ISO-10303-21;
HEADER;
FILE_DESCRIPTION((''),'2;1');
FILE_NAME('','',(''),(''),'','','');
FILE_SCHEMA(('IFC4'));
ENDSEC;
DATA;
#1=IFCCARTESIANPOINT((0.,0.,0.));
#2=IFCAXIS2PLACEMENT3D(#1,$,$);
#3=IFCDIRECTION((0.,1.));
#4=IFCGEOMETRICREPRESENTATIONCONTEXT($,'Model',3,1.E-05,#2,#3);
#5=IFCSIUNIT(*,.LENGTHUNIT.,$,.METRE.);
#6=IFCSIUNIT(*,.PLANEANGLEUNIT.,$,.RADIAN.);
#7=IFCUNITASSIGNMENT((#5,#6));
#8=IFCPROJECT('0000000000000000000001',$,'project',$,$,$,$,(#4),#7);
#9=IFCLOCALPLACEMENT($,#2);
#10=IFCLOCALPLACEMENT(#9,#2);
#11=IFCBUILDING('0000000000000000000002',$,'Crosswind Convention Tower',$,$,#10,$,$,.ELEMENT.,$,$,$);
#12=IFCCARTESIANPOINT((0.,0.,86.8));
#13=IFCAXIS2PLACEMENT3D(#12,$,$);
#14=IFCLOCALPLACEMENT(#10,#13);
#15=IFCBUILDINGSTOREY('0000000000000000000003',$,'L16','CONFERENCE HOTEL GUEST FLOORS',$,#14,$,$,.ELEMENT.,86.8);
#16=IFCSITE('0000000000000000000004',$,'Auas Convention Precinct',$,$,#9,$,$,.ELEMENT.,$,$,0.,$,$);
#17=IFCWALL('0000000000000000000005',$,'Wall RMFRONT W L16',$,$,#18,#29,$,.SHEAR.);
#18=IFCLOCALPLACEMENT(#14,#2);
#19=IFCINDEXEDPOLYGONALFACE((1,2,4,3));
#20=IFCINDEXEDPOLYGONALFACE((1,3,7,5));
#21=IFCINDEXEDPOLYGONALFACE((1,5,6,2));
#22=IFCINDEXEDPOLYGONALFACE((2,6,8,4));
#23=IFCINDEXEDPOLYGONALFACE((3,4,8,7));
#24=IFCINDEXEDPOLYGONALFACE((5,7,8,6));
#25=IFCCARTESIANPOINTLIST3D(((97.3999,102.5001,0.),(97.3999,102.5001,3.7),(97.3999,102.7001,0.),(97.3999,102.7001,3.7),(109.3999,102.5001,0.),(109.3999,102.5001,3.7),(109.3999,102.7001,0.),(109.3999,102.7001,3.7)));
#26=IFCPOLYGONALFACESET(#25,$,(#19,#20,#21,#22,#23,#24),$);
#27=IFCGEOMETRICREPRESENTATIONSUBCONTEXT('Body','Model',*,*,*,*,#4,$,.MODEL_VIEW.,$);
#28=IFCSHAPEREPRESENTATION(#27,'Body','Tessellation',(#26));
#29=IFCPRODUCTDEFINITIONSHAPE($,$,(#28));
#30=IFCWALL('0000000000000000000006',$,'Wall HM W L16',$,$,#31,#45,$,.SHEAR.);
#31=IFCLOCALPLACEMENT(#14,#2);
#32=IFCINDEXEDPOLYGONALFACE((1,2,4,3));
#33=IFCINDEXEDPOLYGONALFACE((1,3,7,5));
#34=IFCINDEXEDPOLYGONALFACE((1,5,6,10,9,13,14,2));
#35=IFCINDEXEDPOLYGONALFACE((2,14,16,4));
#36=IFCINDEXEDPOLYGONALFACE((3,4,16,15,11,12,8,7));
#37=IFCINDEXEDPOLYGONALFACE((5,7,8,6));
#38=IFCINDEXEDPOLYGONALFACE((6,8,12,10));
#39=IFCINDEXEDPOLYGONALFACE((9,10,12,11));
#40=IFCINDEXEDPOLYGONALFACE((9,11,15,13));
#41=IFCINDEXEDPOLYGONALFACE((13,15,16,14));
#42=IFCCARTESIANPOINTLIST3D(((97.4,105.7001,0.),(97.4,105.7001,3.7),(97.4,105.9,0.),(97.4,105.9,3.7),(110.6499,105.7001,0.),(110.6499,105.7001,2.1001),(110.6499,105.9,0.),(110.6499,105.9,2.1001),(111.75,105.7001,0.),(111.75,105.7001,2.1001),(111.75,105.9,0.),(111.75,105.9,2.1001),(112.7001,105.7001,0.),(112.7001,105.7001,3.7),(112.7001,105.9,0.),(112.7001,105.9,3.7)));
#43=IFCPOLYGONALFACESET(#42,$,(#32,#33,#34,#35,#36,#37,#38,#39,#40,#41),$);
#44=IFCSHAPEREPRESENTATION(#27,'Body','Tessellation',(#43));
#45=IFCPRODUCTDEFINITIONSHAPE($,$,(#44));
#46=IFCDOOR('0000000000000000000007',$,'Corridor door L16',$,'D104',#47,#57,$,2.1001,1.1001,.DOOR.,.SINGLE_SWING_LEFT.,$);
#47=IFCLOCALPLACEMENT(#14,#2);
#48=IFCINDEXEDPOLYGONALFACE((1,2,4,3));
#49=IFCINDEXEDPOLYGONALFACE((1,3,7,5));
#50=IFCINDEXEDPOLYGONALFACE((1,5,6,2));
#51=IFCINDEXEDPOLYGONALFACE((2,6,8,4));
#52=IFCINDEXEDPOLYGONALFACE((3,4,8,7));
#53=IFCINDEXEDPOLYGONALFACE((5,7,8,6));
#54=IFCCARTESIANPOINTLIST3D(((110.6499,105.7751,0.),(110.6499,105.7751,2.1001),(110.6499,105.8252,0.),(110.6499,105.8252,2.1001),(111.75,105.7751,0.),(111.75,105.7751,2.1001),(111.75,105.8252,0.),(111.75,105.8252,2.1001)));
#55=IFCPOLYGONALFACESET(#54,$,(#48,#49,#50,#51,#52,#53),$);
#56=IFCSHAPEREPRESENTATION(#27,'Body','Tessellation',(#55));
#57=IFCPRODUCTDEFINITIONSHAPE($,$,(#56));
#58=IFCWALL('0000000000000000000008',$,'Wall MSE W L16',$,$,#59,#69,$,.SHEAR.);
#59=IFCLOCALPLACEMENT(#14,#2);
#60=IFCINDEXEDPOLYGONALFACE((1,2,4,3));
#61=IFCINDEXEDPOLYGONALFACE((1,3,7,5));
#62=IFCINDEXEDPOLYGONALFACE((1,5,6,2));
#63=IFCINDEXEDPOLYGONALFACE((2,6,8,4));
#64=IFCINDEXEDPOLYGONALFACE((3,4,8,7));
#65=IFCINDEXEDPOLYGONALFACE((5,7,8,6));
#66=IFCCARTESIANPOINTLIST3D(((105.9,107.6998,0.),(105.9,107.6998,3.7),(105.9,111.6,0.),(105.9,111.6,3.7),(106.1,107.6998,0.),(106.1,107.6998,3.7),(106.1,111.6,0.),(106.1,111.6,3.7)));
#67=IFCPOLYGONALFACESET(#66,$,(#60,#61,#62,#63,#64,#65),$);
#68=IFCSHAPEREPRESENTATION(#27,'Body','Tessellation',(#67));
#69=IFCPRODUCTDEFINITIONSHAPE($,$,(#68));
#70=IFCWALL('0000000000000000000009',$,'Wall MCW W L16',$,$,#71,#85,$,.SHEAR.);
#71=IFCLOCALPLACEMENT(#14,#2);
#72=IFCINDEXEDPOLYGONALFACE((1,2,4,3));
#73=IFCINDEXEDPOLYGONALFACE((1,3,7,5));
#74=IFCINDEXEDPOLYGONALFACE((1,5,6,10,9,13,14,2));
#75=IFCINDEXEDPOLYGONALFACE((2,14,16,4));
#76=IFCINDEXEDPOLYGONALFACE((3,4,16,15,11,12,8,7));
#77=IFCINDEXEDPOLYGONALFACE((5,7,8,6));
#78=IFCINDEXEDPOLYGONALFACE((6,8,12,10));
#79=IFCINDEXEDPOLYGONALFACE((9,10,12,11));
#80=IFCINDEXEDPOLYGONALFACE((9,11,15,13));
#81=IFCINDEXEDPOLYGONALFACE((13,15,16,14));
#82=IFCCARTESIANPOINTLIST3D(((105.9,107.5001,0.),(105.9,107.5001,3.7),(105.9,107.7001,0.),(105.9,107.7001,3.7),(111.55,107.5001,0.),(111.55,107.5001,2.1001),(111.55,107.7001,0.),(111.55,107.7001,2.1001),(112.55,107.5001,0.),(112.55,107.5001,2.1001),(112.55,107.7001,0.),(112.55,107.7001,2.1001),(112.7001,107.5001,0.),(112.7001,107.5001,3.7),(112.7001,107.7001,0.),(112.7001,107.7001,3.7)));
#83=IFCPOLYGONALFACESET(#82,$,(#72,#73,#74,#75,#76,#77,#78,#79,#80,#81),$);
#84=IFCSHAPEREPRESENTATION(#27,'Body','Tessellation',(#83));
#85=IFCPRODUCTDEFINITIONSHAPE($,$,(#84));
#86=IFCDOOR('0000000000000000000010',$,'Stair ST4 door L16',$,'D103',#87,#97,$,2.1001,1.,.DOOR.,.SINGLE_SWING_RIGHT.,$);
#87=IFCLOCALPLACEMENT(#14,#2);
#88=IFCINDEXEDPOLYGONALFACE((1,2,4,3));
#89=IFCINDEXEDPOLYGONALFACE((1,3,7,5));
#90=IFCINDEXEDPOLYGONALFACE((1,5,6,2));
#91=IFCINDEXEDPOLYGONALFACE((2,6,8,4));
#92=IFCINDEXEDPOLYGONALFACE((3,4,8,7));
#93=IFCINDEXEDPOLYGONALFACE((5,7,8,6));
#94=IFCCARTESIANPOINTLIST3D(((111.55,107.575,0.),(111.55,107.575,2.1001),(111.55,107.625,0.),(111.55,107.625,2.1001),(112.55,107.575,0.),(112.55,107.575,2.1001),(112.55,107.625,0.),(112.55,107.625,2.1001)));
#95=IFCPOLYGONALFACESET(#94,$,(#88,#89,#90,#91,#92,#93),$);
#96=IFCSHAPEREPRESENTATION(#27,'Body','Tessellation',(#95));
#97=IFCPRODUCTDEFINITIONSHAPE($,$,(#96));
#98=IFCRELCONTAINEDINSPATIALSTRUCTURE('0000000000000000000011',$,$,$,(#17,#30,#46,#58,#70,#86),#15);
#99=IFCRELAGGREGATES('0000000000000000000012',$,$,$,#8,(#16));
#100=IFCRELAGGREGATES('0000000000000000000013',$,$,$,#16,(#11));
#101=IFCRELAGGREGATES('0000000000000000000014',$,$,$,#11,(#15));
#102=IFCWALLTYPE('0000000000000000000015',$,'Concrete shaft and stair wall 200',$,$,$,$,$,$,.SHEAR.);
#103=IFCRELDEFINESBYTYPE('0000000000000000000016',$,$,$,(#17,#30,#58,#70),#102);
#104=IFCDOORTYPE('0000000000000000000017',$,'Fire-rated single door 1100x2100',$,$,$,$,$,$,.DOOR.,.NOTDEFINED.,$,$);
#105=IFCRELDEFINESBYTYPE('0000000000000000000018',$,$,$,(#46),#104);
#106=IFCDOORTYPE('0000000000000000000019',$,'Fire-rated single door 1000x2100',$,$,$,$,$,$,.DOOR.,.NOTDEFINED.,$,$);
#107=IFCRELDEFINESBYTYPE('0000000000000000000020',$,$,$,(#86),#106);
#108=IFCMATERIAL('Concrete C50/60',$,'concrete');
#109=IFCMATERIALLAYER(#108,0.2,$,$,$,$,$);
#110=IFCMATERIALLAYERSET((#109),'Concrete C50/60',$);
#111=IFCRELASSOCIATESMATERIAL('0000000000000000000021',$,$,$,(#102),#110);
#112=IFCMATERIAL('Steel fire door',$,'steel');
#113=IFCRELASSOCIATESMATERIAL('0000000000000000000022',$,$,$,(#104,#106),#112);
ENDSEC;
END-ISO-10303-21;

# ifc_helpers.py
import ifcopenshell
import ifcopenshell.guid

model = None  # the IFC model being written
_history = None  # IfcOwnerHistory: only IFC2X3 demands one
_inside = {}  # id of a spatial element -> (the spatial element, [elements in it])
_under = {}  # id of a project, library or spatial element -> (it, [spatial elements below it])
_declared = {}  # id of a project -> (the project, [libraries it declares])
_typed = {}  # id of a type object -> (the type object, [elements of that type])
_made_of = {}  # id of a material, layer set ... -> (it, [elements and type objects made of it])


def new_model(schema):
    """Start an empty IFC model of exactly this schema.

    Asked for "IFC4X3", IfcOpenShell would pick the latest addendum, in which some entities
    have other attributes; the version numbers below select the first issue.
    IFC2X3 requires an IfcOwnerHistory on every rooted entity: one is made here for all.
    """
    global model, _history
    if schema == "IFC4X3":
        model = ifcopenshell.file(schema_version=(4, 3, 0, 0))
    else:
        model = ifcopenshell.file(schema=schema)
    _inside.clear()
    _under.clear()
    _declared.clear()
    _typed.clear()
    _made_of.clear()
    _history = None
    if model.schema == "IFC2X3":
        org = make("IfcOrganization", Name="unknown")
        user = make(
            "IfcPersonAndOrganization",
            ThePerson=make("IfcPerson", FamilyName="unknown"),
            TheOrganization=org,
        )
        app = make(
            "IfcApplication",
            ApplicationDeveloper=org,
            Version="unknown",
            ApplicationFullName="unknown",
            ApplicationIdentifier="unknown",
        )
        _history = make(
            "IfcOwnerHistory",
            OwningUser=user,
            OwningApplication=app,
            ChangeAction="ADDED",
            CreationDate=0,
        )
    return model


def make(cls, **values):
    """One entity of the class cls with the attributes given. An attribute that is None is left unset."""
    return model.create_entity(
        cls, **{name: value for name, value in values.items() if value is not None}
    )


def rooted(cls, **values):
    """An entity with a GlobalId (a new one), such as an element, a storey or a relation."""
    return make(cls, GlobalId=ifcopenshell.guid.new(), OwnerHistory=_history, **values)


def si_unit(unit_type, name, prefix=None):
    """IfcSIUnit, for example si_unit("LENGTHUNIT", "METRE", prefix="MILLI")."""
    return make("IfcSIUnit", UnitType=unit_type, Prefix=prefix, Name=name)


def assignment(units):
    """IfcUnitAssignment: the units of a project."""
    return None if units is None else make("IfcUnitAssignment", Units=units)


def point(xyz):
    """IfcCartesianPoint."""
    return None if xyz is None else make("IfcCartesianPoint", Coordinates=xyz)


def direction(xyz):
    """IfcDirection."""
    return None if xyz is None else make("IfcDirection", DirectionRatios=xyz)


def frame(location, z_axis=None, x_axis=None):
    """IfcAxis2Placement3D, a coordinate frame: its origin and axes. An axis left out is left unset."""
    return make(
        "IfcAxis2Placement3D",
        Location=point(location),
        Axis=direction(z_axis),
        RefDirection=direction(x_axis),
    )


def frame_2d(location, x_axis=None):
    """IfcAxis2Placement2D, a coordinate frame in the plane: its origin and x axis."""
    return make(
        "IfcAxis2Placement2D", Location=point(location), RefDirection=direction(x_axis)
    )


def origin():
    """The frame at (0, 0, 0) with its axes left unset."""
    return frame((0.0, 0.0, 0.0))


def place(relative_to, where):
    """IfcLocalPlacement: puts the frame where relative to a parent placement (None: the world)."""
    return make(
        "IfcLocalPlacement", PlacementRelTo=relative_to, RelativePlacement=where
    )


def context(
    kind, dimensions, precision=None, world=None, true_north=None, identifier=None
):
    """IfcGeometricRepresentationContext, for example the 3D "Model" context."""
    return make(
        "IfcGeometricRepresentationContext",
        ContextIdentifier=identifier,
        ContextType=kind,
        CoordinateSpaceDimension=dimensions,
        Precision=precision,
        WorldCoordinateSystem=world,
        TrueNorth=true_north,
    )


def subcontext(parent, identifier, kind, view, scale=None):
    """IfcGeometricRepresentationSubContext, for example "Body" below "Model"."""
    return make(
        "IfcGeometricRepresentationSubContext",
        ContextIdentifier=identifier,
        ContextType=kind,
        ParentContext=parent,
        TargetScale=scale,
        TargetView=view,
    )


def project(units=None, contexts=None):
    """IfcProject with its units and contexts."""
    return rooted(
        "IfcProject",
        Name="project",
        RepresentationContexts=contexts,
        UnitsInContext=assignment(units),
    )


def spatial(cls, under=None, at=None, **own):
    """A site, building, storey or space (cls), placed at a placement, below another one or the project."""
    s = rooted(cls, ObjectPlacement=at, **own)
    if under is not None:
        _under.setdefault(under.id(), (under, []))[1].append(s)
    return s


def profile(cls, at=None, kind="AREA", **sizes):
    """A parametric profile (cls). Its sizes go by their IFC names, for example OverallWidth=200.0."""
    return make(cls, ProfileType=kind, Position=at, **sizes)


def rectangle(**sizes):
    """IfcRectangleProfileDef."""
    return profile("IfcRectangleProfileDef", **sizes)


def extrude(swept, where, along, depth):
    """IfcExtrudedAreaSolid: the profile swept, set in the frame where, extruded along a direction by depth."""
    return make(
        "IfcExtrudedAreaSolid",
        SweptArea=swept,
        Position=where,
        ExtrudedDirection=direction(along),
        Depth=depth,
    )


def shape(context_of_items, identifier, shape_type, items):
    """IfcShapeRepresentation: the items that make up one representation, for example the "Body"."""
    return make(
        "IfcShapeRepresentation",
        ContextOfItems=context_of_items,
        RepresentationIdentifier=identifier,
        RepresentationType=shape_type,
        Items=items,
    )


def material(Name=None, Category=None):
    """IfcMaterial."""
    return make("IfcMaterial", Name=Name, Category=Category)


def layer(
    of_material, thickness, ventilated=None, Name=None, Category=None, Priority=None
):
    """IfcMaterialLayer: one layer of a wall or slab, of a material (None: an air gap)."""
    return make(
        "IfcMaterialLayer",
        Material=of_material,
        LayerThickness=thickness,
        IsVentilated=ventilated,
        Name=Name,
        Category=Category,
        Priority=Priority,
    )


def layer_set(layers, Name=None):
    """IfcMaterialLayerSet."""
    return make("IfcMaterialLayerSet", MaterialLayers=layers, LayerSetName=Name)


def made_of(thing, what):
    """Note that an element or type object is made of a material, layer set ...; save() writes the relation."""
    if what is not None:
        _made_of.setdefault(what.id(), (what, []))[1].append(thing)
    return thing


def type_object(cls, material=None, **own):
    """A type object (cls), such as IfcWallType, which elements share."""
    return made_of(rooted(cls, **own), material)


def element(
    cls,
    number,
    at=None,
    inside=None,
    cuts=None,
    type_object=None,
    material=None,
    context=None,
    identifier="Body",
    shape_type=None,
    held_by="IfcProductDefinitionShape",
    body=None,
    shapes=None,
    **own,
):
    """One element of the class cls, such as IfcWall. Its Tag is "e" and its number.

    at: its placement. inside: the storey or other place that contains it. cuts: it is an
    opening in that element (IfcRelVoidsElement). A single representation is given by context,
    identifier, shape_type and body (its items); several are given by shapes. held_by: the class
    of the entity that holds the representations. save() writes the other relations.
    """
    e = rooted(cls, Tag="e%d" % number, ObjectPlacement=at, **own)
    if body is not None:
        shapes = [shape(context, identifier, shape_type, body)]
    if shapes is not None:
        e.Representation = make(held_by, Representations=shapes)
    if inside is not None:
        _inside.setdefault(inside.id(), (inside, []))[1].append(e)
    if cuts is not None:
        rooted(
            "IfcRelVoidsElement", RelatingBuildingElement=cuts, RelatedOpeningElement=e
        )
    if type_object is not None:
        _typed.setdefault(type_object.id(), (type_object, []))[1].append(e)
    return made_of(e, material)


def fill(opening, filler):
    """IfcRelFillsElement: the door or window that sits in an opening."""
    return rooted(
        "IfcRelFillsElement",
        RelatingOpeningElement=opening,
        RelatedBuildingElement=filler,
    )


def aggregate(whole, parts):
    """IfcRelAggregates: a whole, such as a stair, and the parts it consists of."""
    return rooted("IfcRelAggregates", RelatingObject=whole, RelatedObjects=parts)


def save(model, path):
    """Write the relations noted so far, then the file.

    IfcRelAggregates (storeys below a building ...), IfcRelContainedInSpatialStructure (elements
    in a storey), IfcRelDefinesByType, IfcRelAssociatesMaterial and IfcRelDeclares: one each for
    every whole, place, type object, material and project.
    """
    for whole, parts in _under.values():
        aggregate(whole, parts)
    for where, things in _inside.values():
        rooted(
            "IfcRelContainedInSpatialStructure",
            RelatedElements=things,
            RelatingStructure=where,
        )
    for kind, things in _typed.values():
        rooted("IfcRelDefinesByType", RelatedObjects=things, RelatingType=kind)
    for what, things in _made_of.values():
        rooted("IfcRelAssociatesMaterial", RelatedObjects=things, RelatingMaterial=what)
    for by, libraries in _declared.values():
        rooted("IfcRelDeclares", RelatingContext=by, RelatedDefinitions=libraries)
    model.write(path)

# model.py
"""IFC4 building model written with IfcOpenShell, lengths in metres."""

from ifc_helpers import new_model, si_unit, direction, frame, frame_2d, origin, place, context, subcontext, project, spatial, rectangle, extrude, material, layer, layer_set, type_object, element, fill, save


model = new_model("IFC4")

# Units and contexts
model_context = context("Model", 3, precision=1e-05, world=origin(), true_north=direction((0.0, 1.0)))
body_context = subcontext(model_context, "Body", "Model", "MODEL_VIEW")
ifc_project = project(units=[si_unit("LENGTHUNIT", "METRE"), si_unit("PLANEANGLEUNIT", "RADIAN")], contexts=[model_context])

# Site, building, storey
site_placement = place(None, origin())
site = spatial("IfcSite", under=ifc_project, at=site_placement, Name="Auas Convention Precinct", CompositionType="ELEMENT", RefElevation=0.0)
building_placement = place(site_placement, origin())
building = spatial("IfcBuilding", under=site, at=building_placement, Name="Crosswind Convention Tower", CompositionType="ELEMENT")
storey_placement = place(building_placement, frame((0.0, 0.0, 86.8)))
storey = spatial("IfcBuildingStorey", under=building, at=storey_placement, Name="L16", Description="CONFERENCE HOTEL GUEST FLOORS", CompositionType="ELEMENT", Elevation=86.8)

# Shared definitions
ifc_material_1 = material(Name="Concrete C50/60", Category="concrete")

# Wall
ifc_layer_1 = layer(ifc_material_1, 0.2)
ifc_layer_set_1 = layer_set([ifc_layer_1], Name="Concrete C50/60")
wall_type_1 = type_object("IfcWallType", Name="Concrete shaft and stair wall 200", PredefinedType="SHEAR", material=ifc_layer_set_1)
wall_1_placement = place(storey_placement, frame((109.3999, 102.6001, 0.0), z_axis=(0.0, 0.0, 1.0), x_axis=(-1.0, 0.0, 0.0)))
element("IfcWall", 1, at=wall_1_placement, inside=storey, type_object=wall_type_1, Name="Wall RMFRONT W L16", PredefinedType="SHEAR", context=body_context, shape_type="SweptSolid", body=[
    extrude(rectangle(XDim=12.0, YDim=0.2, at=frame_2d((6.0, 0.0))), origin(), (0.0, 0.0, 1.0), 3.7),
])

# Wall, opening, door
wall_2_placement = place(storey_placement, frame((112.7, 105.8, 0.0), z_axis=(0.0, 0.0, 1.0), x_axis=(-1.0, 0.0, 0.0)))
wall_2 = element("IfcWall", 2, at=wall_2_placement, inside=storey, type_object=wall_type_1, Name="Wall HM W L16", PredefinedType="SHEAR", context=body_context, shape_type="SweptSolid", body=[
    extrude(rectangle(XDim=15.3, YDim=0.2, at=frame_2d((7.6499, 0.0))), origin(), (0.0, 0.0, 1.0), 3.7),
])
opening_1_placement = place(wall_2_placement, frame((0.95, 0.0, 0.0)))
opening_1 = element("IfcOpeningElement", 3, at=opening_1_placement, cuts=wall_2, PredefinedType="OPENING", context=body_context, shape_type="SweptSolid", body=[
    extrude(rectangle(XDim=1.1001, YDim=2.1001, at=frame_2d((0.55, 1.05))), frame((0.0, 0.1099, 0.0), z_axis=(0.0, -1.0, 0.0), x_axis=(1.0, 0.0, 0.0)), (0.0, 0.0, 1.0), 0.22),
])
ifc_material_2 = material(Name="Steel fire door", Category="steel")
door_type_1 = type_object("IfcDoorType", Name="Fire-rated single door 1100x2100", OperationType="NOTDEFINED", PredefinedType="DOOR", material=ifc_material_2)
door_1_placement = place(opening_1_placement, origin())
door_1 = element("IfcDoor", 4, at=door_1_placement, inside=storey, type_object=door_type_1, Name="Corridor door L16", ObjectType="D104", OperationType="SINGLE_SWING_LEFT", OverallHeight=2.1001, OverallWidth=1.1001, PredefinedType="DOOR", context=body_context, shape_type="SweptSolid", body=[
    extrude(rectangle(XDim=1.1001, YDim=2.1001, at=frame_2d((0.55, 1.05))), frame((0.0, 0.0249, 0.0), z_axis=(0.0, -1.0, 0.0), x_axis=(1.0, 0.0, 0.0)), (0.0, 0.0, 1.0), 0.05),
])
fill(opening_1, door_1)

# Wall
wall_3_placement = place(storey_placement, frame((106.0, 111.6001, 0.0), z_axis=(0.0, 0.0, 1.0), x_axis=(0.0, -1.0, 0.0)))
element("IfcWall", 5, at=wall_3_placement, inside=storey, type_object=wall_type_1, Name="Wall MSE W L16", PredefinedType="SHEAR", context=body_context, shape_type="SweptSolid", body=[
    extrude(rectangle(XDim=3.9001, YDim=0.2, at=frame_2d((1.9502, 0.0))), origin(), (0.0, 0.0, 1.0), 3.7),
])

# Wall, opening, door
wall_4_placement = place(storey_placement, frame((112.7, 107.6001, 0.0), z_axis=(0.0, 0.0, 1.0), x_axis=(-1.0, 0.0, 0.0)))
wall_4 = element("IfcWall", 6, at=wall_4_placement, inside=storey, type_object=wall_type_1, Name="Wall MCW W L16", PredefinedType="SHEAR", context=body_context, shape_type="SweptSolid", body=[
    extrude(rectangle(XDim=6.8, YDim=0.2, at=frame_2d((3.3999, 0.0))), origin(), (0.0, 0.0, 1.0), 3.7),
])
opening_2_placement = place(wall_4_placement, frame((0.1499, 0.0, 0.0)))
opening_2 = element("IfcOpeningElement", 7, at=opening_2_placement, cuts=wall_4, PredefinedType="OPENING", context=body_context, shape_type="SweptSolid", body=[
    extrude(rectangle(XDim=1.0, YDim=2.1001, at=frame_2d((0.5, 1.05))), frame((0.0, 0.1099, 0.0), z_axis=(0.0, -1.0, 0.0), x_axis=(1.0, 0.0, 0.0)), (0.0, 0.0, 1.0), 0.22),
])
door_type_2 = type_object("IfcDoorType", Name="Fire-rated single door 1000x2100", OperationType="NOTDEFINED", PredefinedType="DOOR", material=ifc_material_2)
door_2_placement = place(opening_2_placement, frame((1.0, 0.0, 0.0), z_axis=(0.0, 0.0, 1.0), x_axis=(-1.0, 0.0, 0.0)))
door_2 = element("IfcDoor", 8, at=door_2_placement, inside=storey, type_object=door_type_2, Name="Stair ST4 door L16", ObjectType="D103", OperationType="SINGLE_SWING_RIGHT", OverallHeight=2.1001, OverallWidth=1.0, PredefinedType="DOOR", context=body_context, shape_type="SweptSolid", body=[
    extrude(rectangle(XDim=1.0, YDim=2.1001, at=frame_2d((0.5, 1.05))), frame((0.0, 0.0249, 0.0), z_axis=(0.0, -1.0, 0.0), x_axis=(1.0, 0.0, 0.0)), (0.0, 0.0, 1.0), 0.05),
])
fill(opening_2, door_2)

save(model, "model.ifc")
